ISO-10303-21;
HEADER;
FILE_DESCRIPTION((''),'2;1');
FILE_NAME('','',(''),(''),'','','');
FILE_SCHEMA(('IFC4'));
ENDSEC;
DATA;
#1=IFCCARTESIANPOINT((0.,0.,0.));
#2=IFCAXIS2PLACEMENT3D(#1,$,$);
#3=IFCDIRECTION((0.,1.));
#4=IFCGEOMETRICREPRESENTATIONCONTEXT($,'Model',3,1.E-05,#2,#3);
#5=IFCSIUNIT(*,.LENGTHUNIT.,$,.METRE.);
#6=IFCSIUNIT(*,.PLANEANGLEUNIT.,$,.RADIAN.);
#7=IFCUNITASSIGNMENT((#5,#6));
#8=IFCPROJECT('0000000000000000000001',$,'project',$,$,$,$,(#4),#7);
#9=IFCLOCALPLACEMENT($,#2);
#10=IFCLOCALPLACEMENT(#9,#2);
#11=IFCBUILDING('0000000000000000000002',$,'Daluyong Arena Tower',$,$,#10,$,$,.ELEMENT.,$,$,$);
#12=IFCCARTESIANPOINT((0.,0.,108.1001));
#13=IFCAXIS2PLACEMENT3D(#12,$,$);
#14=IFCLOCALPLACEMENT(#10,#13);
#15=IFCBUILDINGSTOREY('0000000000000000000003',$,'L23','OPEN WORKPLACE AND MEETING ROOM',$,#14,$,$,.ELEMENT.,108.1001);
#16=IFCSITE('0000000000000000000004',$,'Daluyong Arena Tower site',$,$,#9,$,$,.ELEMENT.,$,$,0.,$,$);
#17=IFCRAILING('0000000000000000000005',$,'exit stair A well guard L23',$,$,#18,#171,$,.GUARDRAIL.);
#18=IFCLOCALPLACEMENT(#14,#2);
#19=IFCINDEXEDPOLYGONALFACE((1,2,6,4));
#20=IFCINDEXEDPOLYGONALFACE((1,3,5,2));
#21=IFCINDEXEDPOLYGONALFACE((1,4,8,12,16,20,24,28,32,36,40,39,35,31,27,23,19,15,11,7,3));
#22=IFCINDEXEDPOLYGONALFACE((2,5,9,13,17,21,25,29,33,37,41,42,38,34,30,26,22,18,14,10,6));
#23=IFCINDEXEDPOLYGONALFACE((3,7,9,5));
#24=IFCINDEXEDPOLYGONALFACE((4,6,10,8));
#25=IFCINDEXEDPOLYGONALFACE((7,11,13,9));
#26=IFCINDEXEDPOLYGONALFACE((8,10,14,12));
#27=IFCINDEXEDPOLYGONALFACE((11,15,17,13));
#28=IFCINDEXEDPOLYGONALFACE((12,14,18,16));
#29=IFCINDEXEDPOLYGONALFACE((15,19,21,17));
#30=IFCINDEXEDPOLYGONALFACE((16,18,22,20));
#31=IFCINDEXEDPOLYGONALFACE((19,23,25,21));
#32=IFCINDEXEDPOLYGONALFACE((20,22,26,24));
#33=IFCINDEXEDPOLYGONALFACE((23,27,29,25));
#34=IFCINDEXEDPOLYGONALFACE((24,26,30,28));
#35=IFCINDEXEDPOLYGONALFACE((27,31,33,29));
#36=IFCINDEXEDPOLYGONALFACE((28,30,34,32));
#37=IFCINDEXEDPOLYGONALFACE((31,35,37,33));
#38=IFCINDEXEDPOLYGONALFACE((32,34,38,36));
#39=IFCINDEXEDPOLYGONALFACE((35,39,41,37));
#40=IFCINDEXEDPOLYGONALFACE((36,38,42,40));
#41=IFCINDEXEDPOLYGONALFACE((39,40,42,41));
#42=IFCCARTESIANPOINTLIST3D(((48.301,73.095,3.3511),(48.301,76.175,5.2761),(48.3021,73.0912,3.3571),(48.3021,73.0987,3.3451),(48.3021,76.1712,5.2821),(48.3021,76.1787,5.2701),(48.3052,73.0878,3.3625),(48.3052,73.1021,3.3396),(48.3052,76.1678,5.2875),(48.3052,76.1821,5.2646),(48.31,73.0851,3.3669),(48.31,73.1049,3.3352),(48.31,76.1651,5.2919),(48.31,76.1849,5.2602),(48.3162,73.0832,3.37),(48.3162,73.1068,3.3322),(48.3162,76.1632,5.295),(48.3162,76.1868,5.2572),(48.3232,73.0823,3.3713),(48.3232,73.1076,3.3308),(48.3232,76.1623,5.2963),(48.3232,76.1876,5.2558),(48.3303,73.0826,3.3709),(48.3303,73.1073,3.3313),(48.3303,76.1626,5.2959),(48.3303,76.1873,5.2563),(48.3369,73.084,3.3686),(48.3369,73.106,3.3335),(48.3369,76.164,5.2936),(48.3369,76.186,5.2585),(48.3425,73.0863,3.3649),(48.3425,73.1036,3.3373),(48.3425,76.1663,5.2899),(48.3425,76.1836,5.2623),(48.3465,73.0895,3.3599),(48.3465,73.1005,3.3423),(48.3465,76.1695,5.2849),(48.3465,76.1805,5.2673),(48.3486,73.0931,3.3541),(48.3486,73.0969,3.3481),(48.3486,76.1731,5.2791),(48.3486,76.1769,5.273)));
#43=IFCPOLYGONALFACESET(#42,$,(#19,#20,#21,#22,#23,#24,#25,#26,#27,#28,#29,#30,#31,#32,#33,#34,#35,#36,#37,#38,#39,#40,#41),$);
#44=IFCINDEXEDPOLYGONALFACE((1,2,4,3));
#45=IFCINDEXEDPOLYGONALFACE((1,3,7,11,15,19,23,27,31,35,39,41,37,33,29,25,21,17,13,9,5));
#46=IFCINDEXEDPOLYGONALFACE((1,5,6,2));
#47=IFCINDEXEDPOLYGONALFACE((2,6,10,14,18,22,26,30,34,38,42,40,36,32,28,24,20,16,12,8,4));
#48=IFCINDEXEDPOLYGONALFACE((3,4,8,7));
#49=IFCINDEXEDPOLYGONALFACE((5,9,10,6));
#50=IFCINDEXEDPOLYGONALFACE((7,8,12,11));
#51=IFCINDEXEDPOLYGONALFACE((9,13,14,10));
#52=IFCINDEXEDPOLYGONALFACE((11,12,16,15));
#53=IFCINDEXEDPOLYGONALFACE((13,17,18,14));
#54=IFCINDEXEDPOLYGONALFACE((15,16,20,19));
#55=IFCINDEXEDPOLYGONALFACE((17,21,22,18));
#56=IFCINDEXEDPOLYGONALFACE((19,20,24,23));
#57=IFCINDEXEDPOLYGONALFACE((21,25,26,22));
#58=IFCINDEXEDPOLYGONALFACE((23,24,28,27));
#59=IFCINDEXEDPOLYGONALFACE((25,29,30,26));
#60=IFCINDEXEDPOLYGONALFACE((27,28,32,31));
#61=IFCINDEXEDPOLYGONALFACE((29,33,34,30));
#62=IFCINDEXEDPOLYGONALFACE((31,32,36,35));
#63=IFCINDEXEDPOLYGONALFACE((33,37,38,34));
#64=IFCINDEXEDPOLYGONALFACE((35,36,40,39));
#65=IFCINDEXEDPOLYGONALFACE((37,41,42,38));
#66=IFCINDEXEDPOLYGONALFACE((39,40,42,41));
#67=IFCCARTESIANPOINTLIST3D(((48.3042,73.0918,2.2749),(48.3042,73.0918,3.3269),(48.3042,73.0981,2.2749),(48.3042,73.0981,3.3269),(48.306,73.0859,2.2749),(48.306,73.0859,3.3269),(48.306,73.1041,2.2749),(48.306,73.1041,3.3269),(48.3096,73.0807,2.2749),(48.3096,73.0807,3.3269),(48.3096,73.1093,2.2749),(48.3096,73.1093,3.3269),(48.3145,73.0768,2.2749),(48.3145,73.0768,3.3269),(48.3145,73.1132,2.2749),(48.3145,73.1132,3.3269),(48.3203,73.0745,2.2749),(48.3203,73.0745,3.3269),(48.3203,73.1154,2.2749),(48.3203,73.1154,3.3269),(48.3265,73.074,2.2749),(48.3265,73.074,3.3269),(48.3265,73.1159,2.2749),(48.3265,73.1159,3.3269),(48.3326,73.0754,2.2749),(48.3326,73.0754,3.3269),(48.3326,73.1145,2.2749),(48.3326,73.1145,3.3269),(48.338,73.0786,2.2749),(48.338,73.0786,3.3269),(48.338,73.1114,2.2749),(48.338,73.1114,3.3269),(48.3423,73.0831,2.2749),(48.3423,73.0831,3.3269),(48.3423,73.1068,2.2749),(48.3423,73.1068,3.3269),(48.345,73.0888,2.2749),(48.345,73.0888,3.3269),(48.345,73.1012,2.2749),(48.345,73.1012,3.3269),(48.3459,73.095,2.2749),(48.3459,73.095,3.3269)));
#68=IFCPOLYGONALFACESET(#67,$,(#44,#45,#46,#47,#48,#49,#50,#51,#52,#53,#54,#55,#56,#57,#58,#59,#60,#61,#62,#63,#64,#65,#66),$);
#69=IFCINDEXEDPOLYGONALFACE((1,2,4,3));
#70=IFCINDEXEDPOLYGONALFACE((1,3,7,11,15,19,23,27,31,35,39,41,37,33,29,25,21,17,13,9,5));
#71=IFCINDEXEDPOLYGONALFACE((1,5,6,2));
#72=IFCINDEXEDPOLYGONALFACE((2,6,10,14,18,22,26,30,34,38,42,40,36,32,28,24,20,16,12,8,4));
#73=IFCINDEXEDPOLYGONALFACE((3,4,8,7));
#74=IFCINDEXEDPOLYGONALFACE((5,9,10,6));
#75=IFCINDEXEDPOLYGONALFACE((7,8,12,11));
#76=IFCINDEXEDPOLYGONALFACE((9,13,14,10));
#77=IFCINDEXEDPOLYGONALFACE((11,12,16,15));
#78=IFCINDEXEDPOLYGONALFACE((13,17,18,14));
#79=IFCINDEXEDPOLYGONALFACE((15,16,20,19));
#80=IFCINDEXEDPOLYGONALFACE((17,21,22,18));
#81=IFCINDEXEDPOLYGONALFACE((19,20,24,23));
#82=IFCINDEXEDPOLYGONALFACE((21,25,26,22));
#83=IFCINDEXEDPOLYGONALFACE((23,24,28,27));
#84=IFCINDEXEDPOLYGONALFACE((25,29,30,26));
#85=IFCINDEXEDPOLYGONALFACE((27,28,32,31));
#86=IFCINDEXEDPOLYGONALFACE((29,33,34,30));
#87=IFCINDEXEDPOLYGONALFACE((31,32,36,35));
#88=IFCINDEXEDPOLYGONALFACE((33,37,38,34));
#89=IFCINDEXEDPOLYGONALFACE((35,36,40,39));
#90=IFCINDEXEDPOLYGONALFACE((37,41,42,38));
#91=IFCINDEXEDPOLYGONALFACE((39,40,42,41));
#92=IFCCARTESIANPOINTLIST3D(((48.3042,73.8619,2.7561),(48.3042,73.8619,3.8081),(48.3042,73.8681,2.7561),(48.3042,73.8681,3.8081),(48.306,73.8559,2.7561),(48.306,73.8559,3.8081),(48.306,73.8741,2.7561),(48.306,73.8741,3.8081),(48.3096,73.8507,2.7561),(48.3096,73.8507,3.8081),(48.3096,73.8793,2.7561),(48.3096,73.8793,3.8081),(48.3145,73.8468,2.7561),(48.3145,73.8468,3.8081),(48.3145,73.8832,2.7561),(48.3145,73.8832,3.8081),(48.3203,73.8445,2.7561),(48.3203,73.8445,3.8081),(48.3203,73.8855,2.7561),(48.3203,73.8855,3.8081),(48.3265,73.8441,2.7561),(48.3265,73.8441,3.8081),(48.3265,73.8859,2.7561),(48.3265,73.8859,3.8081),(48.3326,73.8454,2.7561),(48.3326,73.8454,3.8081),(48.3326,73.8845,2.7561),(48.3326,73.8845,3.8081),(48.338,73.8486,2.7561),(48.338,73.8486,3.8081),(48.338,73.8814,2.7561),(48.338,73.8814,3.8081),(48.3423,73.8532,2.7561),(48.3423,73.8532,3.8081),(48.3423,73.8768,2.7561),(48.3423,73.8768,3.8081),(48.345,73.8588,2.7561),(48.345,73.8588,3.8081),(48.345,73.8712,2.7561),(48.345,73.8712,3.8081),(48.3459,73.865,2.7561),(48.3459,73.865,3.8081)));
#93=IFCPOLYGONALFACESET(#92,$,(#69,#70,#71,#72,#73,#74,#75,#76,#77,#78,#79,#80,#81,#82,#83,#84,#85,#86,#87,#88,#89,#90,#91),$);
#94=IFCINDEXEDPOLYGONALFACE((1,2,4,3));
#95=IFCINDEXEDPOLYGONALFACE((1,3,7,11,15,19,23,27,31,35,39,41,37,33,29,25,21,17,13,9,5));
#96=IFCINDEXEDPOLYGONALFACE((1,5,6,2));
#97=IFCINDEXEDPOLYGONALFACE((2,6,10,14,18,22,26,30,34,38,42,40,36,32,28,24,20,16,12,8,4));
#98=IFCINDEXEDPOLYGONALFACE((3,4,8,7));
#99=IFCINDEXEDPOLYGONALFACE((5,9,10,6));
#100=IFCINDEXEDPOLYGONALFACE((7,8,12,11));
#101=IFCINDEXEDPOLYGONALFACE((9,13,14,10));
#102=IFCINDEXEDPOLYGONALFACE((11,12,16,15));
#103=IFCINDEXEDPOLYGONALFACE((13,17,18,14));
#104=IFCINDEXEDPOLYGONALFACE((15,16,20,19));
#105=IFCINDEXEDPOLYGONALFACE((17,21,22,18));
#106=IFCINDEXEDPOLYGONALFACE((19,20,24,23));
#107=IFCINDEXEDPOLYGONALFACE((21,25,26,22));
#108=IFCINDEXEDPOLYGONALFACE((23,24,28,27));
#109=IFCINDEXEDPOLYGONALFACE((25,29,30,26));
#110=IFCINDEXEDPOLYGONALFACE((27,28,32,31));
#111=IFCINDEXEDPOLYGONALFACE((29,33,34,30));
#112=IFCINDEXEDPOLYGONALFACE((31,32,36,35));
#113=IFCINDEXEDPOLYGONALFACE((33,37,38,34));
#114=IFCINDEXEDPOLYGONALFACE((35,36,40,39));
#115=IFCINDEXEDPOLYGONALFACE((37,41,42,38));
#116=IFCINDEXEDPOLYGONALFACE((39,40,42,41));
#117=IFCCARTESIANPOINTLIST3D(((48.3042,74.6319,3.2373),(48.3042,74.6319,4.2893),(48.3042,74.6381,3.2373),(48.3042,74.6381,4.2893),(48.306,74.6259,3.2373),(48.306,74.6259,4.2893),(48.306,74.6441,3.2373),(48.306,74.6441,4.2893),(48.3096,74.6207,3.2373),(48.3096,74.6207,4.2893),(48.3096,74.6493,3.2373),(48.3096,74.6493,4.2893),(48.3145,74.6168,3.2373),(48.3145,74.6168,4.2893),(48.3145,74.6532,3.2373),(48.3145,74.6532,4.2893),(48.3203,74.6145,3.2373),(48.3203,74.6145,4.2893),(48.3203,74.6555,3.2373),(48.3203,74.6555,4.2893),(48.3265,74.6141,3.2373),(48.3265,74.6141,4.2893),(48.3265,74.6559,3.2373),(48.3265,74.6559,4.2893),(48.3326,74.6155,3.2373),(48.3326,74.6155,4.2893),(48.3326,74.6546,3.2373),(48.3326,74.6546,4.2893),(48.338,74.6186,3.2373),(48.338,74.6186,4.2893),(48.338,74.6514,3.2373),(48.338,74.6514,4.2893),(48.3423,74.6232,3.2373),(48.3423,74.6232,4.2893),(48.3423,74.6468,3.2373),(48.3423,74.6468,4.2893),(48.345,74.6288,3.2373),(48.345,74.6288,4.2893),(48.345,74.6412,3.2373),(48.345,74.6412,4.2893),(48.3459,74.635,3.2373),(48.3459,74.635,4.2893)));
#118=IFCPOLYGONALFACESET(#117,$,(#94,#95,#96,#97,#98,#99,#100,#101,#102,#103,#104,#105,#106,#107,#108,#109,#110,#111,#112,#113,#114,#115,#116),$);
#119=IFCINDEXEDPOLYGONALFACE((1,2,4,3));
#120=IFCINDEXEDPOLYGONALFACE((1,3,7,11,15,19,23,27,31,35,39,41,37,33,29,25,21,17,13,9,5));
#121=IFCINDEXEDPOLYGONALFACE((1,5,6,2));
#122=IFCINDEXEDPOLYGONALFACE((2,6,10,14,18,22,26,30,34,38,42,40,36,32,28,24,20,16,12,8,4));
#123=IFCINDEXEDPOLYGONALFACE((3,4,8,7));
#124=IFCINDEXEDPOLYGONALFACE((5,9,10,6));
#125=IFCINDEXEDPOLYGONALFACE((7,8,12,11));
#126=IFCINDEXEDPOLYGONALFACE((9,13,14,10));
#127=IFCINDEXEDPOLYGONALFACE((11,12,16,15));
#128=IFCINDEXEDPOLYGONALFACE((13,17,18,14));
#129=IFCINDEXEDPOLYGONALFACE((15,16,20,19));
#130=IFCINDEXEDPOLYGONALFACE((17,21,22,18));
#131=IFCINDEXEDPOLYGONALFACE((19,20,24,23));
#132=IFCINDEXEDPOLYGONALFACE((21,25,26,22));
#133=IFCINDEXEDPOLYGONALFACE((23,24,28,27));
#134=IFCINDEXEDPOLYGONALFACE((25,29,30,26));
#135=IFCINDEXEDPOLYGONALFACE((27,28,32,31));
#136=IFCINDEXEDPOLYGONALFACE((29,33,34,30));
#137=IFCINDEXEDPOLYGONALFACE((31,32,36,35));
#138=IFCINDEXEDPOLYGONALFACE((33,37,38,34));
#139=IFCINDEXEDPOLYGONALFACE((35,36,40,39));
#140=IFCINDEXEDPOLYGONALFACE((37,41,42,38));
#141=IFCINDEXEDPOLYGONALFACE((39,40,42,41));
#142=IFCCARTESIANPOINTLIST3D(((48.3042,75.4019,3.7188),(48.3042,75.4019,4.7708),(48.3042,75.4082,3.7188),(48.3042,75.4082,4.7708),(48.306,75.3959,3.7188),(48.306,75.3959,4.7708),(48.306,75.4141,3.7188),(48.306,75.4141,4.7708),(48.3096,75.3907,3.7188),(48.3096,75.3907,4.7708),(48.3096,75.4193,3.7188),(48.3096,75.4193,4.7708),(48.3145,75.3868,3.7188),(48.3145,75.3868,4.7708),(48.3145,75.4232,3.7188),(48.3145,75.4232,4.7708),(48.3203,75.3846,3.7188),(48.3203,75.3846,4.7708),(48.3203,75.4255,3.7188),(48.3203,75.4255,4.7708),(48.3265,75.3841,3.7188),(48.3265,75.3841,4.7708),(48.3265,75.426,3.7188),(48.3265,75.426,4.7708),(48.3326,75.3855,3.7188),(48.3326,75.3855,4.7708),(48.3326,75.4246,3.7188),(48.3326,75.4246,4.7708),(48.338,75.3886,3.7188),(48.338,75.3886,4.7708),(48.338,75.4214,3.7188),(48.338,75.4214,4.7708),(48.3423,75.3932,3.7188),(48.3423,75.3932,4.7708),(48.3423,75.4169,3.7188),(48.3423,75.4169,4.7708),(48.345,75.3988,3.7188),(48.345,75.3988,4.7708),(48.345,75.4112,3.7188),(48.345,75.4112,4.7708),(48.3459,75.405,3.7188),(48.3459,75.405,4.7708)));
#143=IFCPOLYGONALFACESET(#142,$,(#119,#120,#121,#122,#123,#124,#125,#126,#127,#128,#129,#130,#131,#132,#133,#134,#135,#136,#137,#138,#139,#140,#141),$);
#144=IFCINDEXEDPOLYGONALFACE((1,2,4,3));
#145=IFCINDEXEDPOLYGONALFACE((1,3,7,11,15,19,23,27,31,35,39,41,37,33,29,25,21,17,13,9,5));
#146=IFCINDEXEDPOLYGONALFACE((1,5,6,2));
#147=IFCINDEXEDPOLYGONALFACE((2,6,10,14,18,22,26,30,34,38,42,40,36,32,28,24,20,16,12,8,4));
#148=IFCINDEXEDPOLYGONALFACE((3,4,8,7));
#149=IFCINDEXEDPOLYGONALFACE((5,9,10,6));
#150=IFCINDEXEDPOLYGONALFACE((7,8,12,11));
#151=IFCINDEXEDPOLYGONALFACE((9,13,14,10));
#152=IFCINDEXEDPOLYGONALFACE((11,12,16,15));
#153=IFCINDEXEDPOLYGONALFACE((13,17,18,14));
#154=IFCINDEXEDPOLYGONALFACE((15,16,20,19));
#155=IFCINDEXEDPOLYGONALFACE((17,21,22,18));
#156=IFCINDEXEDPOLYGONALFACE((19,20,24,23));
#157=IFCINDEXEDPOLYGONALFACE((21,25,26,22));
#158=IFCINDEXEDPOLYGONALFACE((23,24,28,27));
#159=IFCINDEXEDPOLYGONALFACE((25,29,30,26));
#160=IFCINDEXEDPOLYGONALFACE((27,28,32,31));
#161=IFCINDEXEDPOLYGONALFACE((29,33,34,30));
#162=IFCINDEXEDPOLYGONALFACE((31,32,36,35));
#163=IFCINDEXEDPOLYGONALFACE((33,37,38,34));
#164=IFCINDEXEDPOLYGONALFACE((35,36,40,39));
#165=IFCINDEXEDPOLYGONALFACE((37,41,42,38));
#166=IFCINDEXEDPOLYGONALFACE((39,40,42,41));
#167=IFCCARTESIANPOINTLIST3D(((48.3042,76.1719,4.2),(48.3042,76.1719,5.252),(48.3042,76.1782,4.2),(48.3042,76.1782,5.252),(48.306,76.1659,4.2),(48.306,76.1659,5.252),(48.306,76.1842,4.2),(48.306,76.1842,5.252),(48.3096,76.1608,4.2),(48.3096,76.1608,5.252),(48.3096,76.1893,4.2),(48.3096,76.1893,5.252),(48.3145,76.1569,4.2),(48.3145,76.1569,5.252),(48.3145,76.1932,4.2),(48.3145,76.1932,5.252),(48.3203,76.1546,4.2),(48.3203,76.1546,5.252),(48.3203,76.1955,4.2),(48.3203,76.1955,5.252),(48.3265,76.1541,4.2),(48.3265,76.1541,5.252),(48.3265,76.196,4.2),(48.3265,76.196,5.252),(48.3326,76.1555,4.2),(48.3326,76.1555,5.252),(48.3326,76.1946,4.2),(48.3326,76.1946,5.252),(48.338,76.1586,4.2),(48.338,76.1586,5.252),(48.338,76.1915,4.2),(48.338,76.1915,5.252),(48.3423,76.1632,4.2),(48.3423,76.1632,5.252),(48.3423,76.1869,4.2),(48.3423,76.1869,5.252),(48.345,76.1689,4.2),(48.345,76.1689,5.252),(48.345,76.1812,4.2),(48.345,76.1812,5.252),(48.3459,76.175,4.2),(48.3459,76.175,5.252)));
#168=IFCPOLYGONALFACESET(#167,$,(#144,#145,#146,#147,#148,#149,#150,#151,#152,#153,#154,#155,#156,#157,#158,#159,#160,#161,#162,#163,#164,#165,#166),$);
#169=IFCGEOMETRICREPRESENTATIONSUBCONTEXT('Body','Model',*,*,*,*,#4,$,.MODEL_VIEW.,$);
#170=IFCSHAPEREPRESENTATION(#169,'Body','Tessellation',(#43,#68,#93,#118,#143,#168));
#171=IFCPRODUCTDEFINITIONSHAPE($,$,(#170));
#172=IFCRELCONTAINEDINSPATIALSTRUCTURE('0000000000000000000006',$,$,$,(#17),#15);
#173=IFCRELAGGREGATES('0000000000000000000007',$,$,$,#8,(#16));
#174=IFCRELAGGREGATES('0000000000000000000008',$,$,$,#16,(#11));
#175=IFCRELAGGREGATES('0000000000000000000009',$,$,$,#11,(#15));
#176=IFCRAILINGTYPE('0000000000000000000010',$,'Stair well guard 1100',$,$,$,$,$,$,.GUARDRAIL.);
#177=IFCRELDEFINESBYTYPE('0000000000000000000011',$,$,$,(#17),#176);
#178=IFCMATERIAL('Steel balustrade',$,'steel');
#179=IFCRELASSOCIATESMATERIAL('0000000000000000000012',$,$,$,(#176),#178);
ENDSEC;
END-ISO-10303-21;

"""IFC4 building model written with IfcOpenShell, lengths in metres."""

from ifc_helpers import new_model, si_unit, direction, frame, origin, origin_2d, place, context, subcontext, project, spatial, circle, extrude, material, type_object, element, save


model = new_model("IFC4")

# Units and contexts
model_context = context("Model", 3, precision=1e-05, world=origin(), true_north=direction((0.0, 1.0)))
body_context = subcontext(model_context, "Body", "Model", "MODEL_VIEW")
ifc_project = project(units=[si_unit("LENGTHUNIT", "METRE"), si_unit("PLANEANGLEUNIT", "RADIAN")], contexts=[model_context])

# Site, building, storey
site_placement = place(None, origin())
site = spatial("IfcSite", under=ifc_project, at=site_placement, Name="Daluyong Arena Tower site", CompositionType="ELEMENT", RefElevation=0.0)
building_placement = place(site_placement, origin())
building = spatial("IfcBuilding", under=site, at=building_placement, Name="Daluyong Arena Tower", CompositionType="ELEMENT")
storey_placement = place(building_placement, frame((0.0, 0.0, 108.1001)))
storey = spatial("IfcBuildingStorey", under=building, at=storey_placement, Name="L23", Description="OPEN WORKPLACE AND MEETING ROOM", CompositionType="ELEMENT", Elevation=108.1001)

# Railing
ifc_material_1 = material(Name="Steel balustrade", Category="steel")
railing_type = type_object("IfcRailingType", Name="Stair well guard 1100", PredefinedType="GUARDRAIL", material=ifc_material_1)
railing_1_placement = place(storey_placement, frame((48.325, 73.095, 2.2749)))
element("IfcRailing", 1, at=railing_1_placement, inside=storey, type_object=railing_type, Name="exit stair A well guard L23", PredefinedType="GUARDRAIL", context=body_context, shape_type="SweptSolid", body=[
    extrude(circle(Radius=0.0239, at=origin_2d()), frame((0.0, 0.0, 1.0762), z_axis=(0.0, 0.847998, 0.529999), x_axis=(-1.0, 0.0, 0.0)), (0.0, 0.0, 1.0), 3.6321),
    extrude(circle(Radius=0.021, at=origin_2d()), origin(), (0.0, 0.0, 1.0), 1.052),
    extrude(circle(Radius=0.021, at=origin_2d()), frame((0.0, 0.77, 0.4812)), (0.0, 0.0, 1.0), 1.052),
    extrude(circle(Radius=0.021, at=origin_2d()), frame((0.0, 1.54, 0.9624)), (0.0, 0.0, 1.0), 1.052),
    extrude(circle(Radius=0.021, at=origin_2d()), frame((0.0, 2.3101, 1.4438)), (0.0, 0.0, 1.0), 1.052),
    extrude(circle(Radius=0.021, at=origin_2d()), frame((0.0, 3.0801, 1.925)), (0.0, 0.0, 1.0), 1.052),
])

save(model, "model.ifc")
